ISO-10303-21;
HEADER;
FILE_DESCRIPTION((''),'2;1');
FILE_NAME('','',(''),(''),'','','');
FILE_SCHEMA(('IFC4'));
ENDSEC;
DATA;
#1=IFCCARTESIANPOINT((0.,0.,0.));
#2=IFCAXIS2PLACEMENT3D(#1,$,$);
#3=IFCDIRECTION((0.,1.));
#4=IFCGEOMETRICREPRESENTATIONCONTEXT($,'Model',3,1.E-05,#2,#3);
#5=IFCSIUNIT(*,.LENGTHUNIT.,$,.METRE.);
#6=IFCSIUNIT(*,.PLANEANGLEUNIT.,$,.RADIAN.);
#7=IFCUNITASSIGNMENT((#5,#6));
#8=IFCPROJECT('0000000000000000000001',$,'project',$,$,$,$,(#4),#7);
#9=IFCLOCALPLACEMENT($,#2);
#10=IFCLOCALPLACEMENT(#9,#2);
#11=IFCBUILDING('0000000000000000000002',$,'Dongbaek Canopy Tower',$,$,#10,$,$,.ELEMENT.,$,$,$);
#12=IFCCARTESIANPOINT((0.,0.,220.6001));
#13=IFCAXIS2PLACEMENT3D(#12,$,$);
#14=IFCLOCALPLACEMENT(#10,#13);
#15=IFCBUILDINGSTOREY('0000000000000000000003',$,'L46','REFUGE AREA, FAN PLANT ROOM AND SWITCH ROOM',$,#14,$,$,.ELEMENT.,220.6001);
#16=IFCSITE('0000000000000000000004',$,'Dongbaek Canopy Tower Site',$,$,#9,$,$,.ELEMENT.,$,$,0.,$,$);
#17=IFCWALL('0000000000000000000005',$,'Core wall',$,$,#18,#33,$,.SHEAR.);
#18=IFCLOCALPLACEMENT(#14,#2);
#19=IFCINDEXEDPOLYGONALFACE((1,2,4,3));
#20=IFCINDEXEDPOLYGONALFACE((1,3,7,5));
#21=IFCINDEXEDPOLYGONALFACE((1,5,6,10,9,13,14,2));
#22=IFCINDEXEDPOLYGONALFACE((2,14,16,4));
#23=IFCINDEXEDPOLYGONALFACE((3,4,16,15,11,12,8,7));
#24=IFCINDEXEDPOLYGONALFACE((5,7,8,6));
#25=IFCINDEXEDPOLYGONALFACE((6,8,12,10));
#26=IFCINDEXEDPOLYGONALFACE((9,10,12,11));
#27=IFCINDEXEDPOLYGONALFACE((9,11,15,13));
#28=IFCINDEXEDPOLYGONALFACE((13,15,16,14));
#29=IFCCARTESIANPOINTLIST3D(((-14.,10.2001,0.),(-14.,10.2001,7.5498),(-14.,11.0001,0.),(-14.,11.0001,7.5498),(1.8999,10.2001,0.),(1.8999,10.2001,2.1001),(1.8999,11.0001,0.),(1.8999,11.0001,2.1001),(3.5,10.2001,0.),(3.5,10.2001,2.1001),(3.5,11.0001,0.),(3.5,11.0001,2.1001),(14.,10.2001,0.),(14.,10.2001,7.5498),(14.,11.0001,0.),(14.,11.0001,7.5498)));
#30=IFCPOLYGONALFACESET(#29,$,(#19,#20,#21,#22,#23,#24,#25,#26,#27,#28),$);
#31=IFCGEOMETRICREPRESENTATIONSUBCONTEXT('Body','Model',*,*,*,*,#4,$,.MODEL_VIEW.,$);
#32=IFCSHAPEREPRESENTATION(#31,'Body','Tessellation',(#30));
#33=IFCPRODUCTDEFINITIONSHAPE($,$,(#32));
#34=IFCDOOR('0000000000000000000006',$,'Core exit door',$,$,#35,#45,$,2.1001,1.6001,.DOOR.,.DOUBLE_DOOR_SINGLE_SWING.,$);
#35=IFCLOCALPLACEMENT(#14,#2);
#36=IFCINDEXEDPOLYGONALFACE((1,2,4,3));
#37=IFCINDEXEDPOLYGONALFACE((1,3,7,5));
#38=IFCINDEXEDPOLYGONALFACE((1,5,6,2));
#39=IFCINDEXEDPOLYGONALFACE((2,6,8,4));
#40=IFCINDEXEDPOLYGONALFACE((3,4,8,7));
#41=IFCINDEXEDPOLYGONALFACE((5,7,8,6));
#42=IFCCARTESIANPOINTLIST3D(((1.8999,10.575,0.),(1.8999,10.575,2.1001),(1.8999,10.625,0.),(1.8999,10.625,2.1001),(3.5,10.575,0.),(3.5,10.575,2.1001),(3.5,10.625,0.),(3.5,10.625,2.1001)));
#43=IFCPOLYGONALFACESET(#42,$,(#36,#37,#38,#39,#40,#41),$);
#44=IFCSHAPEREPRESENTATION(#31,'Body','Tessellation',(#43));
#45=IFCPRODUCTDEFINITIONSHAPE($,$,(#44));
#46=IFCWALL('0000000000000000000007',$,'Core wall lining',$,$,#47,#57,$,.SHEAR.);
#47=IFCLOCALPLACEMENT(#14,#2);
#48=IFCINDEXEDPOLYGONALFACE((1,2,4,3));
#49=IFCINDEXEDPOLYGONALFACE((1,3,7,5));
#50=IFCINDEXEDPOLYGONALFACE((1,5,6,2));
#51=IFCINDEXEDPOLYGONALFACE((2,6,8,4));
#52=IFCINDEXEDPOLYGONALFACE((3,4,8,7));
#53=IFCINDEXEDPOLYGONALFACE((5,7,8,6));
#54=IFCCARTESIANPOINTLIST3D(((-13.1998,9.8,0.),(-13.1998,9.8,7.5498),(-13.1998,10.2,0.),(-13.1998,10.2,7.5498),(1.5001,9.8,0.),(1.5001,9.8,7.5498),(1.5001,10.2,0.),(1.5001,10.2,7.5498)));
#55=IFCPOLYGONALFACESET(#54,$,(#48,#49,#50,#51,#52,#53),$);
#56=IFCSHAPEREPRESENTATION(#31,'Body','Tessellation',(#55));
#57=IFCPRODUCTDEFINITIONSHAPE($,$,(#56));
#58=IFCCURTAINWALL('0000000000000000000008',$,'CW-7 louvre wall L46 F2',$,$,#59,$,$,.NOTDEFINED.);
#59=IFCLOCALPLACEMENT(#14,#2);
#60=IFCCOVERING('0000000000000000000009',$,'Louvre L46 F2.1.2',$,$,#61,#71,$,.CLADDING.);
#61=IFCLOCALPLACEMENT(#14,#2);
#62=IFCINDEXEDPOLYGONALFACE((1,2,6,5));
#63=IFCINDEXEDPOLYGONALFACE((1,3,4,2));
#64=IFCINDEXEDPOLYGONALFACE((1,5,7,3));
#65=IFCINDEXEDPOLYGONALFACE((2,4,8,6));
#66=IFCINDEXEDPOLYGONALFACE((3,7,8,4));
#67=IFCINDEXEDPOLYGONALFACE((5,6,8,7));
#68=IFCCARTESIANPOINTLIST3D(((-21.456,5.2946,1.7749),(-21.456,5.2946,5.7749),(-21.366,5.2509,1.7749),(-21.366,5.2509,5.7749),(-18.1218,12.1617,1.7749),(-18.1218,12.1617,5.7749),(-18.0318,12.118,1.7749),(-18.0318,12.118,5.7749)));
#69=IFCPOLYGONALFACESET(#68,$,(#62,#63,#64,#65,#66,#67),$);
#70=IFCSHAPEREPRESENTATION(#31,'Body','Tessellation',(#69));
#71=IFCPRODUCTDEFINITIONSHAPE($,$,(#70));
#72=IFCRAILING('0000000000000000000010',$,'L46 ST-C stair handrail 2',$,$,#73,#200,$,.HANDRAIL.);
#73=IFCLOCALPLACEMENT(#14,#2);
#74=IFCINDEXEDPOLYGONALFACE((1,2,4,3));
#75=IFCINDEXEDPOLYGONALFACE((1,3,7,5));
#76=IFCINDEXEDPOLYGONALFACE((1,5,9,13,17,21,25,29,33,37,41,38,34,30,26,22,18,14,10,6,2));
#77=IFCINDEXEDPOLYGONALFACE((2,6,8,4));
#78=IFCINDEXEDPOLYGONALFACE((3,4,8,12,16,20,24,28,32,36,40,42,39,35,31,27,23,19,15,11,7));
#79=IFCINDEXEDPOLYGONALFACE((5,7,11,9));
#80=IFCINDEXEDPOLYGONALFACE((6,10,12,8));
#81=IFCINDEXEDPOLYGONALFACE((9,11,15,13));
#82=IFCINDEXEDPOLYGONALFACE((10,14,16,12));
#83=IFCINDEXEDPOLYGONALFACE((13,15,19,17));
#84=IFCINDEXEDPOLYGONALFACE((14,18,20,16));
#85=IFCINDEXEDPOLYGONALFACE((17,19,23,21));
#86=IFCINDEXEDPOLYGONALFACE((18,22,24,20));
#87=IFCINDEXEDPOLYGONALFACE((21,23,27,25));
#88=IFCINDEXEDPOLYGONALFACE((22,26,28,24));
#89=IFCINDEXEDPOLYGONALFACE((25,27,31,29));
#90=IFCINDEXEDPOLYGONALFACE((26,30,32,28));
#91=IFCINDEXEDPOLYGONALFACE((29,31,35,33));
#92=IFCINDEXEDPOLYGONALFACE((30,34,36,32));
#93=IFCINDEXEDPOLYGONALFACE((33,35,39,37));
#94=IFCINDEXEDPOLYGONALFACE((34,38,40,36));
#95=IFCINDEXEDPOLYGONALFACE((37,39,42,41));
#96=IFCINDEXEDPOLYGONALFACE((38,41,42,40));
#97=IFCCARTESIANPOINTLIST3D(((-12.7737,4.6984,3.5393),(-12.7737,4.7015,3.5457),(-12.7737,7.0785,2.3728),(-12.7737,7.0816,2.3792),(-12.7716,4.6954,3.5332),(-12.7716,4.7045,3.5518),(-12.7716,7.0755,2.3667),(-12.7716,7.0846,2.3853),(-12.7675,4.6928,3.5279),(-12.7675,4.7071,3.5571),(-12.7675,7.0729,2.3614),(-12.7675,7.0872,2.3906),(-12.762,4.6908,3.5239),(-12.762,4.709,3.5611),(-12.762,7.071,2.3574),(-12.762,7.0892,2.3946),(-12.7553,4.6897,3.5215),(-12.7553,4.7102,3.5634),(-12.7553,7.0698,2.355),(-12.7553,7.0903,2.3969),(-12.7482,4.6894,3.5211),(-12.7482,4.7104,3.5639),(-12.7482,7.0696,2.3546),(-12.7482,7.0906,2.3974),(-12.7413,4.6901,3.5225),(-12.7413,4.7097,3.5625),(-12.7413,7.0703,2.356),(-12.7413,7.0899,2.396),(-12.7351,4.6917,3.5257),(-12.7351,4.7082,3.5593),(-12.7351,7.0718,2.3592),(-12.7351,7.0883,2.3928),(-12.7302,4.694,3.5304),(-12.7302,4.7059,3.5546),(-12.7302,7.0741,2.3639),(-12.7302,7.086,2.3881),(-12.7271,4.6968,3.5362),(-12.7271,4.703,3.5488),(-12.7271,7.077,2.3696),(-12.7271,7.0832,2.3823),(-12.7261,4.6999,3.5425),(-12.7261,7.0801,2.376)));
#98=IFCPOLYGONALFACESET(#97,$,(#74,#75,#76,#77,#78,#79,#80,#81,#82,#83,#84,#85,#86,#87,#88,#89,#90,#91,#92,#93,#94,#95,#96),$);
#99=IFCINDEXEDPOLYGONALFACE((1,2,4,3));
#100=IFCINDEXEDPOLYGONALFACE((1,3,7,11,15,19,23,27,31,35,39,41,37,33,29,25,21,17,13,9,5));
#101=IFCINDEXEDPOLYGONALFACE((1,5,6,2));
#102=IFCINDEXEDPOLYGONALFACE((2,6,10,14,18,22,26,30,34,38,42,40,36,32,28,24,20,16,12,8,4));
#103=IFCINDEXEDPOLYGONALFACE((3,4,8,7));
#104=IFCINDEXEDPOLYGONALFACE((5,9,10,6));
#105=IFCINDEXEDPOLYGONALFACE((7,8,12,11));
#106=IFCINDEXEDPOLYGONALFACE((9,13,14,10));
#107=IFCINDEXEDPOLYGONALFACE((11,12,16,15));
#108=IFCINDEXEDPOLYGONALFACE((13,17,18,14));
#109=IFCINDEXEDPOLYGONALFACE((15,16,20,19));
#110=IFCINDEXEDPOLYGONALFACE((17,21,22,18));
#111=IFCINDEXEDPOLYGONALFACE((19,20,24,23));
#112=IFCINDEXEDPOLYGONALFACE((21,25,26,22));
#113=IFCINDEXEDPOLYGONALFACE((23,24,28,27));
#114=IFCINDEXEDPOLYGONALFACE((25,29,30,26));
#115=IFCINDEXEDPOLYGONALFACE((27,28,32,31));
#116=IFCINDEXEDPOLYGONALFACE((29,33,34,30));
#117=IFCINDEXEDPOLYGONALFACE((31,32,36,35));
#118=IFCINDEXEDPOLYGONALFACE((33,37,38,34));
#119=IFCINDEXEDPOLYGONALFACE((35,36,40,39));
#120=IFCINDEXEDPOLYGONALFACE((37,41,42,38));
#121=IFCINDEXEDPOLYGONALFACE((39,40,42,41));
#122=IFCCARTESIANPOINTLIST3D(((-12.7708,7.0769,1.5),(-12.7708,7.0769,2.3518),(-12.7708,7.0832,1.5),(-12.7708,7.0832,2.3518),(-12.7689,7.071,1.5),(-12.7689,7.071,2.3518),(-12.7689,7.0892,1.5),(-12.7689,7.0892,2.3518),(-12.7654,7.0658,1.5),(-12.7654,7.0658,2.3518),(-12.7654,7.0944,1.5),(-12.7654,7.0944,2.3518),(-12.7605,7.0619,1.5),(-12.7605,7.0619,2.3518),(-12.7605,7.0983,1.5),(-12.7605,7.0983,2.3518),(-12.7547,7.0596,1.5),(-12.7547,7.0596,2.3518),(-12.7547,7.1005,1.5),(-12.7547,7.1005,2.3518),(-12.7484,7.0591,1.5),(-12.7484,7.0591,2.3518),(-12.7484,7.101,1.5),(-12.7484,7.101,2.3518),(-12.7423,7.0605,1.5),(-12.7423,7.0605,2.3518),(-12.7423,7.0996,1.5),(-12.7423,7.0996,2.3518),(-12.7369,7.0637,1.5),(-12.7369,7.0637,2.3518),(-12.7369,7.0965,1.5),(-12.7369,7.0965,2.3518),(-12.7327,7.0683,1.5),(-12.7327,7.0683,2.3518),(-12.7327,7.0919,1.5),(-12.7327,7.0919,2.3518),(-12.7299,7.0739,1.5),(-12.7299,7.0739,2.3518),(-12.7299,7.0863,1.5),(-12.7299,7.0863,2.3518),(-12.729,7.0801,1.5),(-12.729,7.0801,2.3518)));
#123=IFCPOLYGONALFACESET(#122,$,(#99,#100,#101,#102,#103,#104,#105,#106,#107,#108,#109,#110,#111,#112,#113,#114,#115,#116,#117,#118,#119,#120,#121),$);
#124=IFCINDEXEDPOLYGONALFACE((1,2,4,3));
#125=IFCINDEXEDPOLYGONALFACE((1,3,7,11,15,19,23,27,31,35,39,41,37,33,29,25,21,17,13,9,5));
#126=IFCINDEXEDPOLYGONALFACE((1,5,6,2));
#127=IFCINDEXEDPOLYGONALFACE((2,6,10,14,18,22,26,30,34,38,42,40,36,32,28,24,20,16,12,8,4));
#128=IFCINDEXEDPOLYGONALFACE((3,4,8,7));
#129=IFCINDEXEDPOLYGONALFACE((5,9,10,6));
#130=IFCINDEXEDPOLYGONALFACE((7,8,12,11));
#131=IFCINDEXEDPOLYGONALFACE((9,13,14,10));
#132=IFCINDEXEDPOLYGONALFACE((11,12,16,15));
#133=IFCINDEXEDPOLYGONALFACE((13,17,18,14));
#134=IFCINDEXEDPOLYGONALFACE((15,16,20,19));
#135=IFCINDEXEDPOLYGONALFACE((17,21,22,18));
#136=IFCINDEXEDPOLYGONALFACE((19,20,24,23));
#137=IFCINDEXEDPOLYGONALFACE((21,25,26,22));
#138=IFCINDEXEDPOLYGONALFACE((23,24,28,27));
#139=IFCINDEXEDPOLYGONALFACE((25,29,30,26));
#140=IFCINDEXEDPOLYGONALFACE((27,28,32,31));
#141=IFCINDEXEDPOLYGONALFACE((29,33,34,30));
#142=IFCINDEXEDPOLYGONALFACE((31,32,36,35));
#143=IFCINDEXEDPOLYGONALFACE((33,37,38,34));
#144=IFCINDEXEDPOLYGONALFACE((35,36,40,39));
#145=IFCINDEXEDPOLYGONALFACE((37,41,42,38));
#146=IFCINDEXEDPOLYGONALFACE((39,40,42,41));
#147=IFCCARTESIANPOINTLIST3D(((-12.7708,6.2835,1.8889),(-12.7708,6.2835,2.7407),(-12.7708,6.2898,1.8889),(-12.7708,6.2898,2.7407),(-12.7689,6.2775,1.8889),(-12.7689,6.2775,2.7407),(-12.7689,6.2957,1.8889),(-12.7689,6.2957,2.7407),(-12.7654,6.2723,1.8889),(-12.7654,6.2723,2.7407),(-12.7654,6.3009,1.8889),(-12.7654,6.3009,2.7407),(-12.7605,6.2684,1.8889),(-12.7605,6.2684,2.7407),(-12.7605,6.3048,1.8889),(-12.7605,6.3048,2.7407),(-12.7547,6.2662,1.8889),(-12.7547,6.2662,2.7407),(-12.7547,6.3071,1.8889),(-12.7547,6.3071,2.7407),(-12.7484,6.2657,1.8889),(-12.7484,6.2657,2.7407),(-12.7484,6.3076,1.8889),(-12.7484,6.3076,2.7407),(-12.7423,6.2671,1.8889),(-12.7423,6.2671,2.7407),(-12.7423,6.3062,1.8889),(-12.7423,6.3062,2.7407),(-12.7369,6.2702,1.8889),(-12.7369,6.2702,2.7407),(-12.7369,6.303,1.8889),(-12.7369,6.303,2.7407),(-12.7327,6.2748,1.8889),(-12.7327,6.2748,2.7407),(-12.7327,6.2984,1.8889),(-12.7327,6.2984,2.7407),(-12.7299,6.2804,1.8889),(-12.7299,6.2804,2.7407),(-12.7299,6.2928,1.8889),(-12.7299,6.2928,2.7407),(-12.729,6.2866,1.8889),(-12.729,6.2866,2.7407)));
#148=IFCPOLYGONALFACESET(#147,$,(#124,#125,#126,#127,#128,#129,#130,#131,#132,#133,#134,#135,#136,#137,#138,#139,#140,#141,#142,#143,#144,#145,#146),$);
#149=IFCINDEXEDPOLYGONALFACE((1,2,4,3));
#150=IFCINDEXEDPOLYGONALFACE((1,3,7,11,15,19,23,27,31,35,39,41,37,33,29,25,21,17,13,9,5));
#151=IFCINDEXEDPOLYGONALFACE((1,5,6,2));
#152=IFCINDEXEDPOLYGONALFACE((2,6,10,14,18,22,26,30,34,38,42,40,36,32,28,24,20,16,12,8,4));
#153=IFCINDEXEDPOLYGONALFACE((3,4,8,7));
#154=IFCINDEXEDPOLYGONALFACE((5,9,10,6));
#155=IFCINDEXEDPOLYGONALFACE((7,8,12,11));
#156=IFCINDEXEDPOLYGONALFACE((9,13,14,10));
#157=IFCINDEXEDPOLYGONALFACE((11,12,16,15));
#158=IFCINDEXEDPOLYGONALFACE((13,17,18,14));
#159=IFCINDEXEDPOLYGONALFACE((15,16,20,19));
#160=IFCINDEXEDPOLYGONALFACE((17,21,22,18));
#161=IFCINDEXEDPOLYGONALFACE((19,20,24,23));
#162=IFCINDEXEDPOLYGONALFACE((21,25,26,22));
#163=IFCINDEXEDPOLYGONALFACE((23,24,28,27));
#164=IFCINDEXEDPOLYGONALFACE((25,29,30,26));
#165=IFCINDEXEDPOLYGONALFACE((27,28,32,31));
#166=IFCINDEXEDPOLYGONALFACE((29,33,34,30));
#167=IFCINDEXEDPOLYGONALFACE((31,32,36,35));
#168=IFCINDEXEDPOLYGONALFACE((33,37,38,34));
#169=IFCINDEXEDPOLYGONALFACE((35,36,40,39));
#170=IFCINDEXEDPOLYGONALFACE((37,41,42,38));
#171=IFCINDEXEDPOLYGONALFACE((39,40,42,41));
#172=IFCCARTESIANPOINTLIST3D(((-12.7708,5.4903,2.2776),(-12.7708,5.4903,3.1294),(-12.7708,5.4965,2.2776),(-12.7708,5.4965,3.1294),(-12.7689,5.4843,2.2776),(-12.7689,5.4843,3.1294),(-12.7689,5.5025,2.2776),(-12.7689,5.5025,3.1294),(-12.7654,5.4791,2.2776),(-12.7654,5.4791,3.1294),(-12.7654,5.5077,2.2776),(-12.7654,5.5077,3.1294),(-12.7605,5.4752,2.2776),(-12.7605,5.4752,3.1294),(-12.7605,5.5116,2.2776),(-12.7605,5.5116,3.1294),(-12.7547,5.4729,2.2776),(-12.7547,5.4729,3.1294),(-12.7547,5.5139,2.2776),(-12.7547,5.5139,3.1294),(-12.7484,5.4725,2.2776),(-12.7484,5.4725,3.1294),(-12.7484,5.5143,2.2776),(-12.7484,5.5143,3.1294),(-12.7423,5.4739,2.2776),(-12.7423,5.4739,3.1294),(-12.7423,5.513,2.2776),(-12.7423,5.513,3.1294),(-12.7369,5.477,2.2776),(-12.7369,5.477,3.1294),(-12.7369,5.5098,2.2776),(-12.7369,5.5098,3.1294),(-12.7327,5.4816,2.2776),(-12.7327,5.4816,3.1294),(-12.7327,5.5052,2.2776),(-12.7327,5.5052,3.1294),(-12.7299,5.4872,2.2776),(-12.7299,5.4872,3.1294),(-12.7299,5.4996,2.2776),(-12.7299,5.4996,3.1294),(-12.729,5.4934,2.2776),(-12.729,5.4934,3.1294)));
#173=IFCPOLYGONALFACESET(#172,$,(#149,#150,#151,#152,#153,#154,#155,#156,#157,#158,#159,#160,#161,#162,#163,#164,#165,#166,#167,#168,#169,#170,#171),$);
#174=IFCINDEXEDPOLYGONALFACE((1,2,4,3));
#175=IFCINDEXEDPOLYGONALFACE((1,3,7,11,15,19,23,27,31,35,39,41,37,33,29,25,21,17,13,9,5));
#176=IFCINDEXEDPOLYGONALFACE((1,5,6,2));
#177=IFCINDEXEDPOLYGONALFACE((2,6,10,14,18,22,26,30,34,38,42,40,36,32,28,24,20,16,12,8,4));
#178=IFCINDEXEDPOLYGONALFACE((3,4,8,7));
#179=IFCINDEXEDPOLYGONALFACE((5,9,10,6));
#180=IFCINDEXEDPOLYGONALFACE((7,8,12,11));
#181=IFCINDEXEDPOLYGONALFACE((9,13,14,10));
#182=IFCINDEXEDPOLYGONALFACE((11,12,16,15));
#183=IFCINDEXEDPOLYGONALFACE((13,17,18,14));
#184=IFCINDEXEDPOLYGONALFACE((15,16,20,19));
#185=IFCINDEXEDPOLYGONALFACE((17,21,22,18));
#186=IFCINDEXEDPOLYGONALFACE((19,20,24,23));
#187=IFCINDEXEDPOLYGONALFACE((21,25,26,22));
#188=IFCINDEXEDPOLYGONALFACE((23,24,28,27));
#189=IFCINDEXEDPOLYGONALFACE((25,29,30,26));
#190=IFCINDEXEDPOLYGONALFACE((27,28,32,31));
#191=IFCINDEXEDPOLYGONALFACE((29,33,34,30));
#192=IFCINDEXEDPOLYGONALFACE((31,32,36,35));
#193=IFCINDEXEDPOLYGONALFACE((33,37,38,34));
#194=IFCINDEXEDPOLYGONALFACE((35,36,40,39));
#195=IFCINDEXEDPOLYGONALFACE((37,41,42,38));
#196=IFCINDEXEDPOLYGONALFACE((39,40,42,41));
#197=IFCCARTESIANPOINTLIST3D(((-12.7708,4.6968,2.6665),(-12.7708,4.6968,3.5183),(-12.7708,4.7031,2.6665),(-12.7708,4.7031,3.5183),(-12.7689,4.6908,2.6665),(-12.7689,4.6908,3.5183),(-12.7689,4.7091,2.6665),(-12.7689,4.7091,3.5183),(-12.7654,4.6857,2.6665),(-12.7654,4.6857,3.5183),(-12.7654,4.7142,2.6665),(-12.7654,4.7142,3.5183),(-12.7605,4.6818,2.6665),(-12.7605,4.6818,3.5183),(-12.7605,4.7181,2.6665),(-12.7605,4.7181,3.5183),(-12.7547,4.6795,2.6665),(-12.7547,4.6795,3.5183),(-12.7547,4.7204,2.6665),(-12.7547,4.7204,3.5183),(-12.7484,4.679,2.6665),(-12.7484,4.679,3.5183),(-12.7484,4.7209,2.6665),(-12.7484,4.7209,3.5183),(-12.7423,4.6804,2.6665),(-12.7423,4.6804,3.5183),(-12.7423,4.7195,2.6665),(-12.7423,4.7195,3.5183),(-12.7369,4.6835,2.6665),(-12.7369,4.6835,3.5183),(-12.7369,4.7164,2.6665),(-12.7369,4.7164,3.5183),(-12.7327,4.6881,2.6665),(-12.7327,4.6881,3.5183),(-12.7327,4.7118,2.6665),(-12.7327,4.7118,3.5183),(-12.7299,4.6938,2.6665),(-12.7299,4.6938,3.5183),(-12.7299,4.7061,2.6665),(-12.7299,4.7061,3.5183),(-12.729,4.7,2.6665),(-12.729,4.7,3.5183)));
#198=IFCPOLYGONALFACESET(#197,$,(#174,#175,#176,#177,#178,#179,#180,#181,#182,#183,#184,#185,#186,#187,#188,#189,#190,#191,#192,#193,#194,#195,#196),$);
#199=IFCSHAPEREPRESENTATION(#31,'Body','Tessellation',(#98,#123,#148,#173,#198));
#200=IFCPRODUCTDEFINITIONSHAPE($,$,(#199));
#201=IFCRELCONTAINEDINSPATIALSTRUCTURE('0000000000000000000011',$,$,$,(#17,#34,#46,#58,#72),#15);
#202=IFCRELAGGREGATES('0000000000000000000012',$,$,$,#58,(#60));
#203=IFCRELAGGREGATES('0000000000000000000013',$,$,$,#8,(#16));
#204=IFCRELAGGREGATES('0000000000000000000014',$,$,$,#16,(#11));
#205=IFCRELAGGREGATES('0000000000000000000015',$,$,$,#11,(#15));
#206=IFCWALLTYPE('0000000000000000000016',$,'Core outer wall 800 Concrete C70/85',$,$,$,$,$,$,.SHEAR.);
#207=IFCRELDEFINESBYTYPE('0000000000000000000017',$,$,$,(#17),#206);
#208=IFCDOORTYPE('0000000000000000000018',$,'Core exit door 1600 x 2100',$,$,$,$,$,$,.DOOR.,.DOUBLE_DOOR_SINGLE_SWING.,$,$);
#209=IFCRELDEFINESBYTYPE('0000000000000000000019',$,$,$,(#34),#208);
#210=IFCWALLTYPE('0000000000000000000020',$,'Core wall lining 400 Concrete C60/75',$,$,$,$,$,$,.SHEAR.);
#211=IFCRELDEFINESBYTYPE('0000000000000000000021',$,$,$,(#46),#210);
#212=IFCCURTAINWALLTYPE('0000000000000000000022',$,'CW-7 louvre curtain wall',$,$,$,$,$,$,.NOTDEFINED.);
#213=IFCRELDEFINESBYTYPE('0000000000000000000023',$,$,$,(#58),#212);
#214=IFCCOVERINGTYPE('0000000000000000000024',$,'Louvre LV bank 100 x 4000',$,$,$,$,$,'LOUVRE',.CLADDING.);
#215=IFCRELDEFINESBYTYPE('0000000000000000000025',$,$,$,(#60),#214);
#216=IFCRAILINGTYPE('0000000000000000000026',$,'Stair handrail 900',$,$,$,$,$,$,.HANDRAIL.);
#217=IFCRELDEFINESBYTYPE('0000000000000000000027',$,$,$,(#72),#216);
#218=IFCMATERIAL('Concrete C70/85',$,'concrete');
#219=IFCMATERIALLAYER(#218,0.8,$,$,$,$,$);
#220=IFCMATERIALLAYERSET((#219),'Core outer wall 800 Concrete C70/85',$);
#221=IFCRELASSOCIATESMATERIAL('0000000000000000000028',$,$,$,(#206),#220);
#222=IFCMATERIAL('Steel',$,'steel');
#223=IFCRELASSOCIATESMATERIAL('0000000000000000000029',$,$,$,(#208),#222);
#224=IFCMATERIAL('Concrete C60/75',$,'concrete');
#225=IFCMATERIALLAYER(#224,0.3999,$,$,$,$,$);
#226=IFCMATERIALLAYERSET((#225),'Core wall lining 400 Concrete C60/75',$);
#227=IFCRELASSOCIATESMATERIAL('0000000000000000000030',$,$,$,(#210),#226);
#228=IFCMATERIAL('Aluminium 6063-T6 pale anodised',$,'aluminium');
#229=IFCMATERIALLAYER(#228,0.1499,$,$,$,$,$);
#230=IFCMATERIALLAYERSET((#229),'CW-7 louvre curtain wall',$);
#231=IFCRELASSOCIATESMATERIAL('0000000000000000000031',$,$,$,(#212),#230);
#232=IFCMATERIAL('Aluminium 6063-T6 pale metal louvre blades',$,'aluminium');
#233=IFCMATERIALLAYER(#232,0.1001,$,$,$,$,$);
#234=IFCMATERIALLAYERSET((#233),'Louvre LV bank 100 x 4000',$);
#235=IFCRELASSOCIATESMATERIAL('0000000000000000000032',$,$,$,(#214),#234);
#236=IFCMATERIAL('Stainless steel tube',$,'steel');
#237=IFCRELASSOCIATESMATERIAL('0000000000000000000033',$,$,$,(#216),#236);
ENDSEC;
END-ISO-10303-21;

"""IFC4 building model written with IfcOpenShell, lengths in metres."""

from ifc_helpers import new_model, si_unit, direction, frame, frame_2d, origin, origin_2d, place, context, subcontext, project, spatial, rectangle, circle, extrude, material, layer, layer_set, type_object, element, fill, aggregate, save


model = new_model("IFC4")

# Units and contexts
model_context = context("Model", 3, precision=1e-05, world=origin(), true_north=direction((0.0, 1.0)))
body_context = subcontext(model_context, "Body", "Model", "MODEL_VIEW")
ifc_project = project(units=[si_unit("LENGTHUNIT", "METRE"), si_unit("PLANEANGLEUNIT", "RADIAN")], contexts=[model_context])

# Site, building, storey
site_placement = place(None, origin())
site = spatial("IfcSite", under=ifc_project, at=site_placement, Name="Dongbaek Canopy Tower Site", CompositionType="ELEMENT", RefElevation=0.0)
building_placement = place(site_placement, origin())
building = spatial("IfcBuilding", under=site, at=building_placement, Name="Dongbaek Canopy Tower", CompositionType="ELEMENT")
storey_placement = place(building_placement, frame((0.0, 0.0, 220.6001)))
storey = spatial("IfcBuildingStorey", under=building, at=storey_placement, Name="L46", Description="REFUGE AREA, FAN PLANT ROOM AND SWITCH ROOM", CompositionType="ELEMENT", Elevation=220.6001)

# Wall, opening, door
ifc_material_1 = material(Name="Concrete C70/85", Category="concrete")
ifc_layer_1 = layer(ifc_material_1, 0.8)
ifc_layer_set_1 = layer_set([ifc_layer_1], Name="Core outer wall 800 Concrete C70/85")
wall_type_1 = type_object("IfcWallType", Name="Core outer wall 800 Concrete C70/85", PredefinedType="SHEAR", material=ifc_layer_set_1)
wall_1_placement = place(storey_placement, frame((-14.0, 10.6001, 0.0), z_axis=(0.0, 0.0, 1.0), x_axis=(1.0, 0.0, 0.0)))
wall_1 = element("IfcWall", 1, at=wall_1_placement, inside=storey, type_object=wall_type_1, Name="Core wall", PredefinedType="SHEAR", context=body_context, shape_type="SweptSolid", body=[
    extrude(rectangle(XDim=28.0, YDim=0.8, at=frame_2d((14.0, 0.0))), origin(), (0.0, 0.0, 1.0), 7.5498),
])
opening_placement = place(wall_1_placement, frame((15.8999, 0.0, 0.0)))
opening = element("IfcOpeningElement", 2, at=opening_placement, cuts=wall_1, PredefinedType="OPENING", context=body_context, shape_type="SweptSolid", body=[
    extrude(rectangle(XDim=1.6001, YDim=2.1001, at=frame_2d((0.8, 1.05))), frame((0.0, 0.4099, 0.0), z_axis=(0.0, -1.0, 0.0), x_axis=(1.0, 0.0, 0.0)), (0.0, 0.0, 1.0), 0.8201),
])
ifc_material_2 = material(Name="Steel", Category="steel")
door_type = type_object("IfcDoorType", Name="Core exit door 1600 x 2100", OperationType="DOUBLE_DOOR_SINGLE_SWING", PredefinedType="DOOR", material=ifc_material_2)
door_placement = place(opening_placement, origin())
door = element("IfcDoor", 3, at=door_placement, inside=storey, type_object=door_type, Name="Core exit door", OperationType="DOUBLE_DOOR_SINGLE_SWING", OverallHeight=2.1001, OverallWidth=1.6001, PredefinedType="DOOR", context=body_context, shape_type="SweptSolid", body=[
    extrude(rectangle(XDim=1.6001, YDim=2.1001, at=frame_2d((0.8, 1.05))), frame((0.0, 0.0249, 0.0), z_axis=(0.0, -1.0, 0.0), x_axis=(1.0, 0.0, 0.0)), (0.0, 0.0, 1.0), 0.05),
])
fill(opening, door)

# Wall
ifc_material_3 = material(Name="Concrete C60/75", Category="concrete")
ifc_layer_2 = layer(ifc_material_3, 0.3999)
ifc_layer_set_2 = layer_set([ifc_layer_2], Name="Core wall lining 400 Concrete C60/75")
wall_type_2 = type_object("IfcWallType", Name="Core wall lining 400 Concrete C60/75", PredefinedType="SHEAR", material=ifc_layer_set_2)
wall_2_placement = place(storey_placement, frame((-13.2, 10.0, 0.0), z_axis=(0.0, 0.0, 1.0), x_axis=(1.0, 0.0, 0.0)))
element("IfcWall", 4, at=wall_2_placement, inside=storey, type_object=wall_type_2, Name="Core wall lining", PredefinedType="SHEAR", context=body_context, shape_type="SweptSolid", body=[
    extrude(rectangle(XDim=14.7, YDim=0.3999, at=frame_2d((7.3501, 0.0))), origin(), (0.0, 0.0, 1.0), 7.5498),
])

# Curtain wall, covering
ifc_material_4 = material(Name="Aluminium 6063-T6 pale anodised", Category="aluminium")
ifc_layer_3 = layer(ifc_material_4, 0.1499)
ifc_layer_set_3 = layer_set([ifc_layer_3], Name="CW-7 louvre curtain wall")
curtain_wall_type = type_object("IfcCurtainWallType", Name="CW-7 louvre curtain wall", PredefinedType="NOTDEFINED", material=ifc_layer_set_3)
curtain_wall_placement = place(storey_placement, origin())
curtain_wall = element("IfcCurtainWall", 5, at=curtain_wall_placement, inside=storey, type_object=curtain_wall_type, Name="CW-7 louvre wall L46 F2", PredefinedType="NOTDEFINED")
ifc_material_5 = material(Name="Aluminium 6063-T6 pale metal louvre blades", Category="aluminium")
ifc_layer_4 = layer(ifc_material_5, 0.1001)
ifc_layer_set_4 = layer_set([ifc_layer_4], Name="Louvre LV bank 100 x 4000")
covering_type = type_object("IfcCoveringType", Name="Louvre LV bank 100 x 4000", ElementType="LOUVRE", PredefinedType="CLADDING", material=ifc_layer_set_4)
covering_placement = place(storey_placement, frame((-19.7439, 8.7063, 1.7749), z_axis=(0.0, 0.0, 1.0), x_axis=(-0.436767, -0.899575, 0.0)))
covering = element("IfcCovering", 6, at=covering_placement, type_object=covering_type, Name="Louvre L46 F2.1.2", PredefinedType="CLADDING", context=body_context, shape_type="SweptSolid", body=[
    extrude(rectangle(XDim=7.6338, YDim=0.1001, at=origin_2d()), origin(), (0.0, 0.0, 1.0), 4.0),
])

# Railing
ifc_material_6 = material(Name="Stainless steel tube", Category="steel")
railing_type = type_object("IfcRailingType", Name="Stair handrail 900", PredefinedType="HANDRAIL", material=ifc_material_6)
railing_placement = place(storey_placement, frame((-12.75, 7.0801, 1.5)))
element("IfcRailing", 7, at=railing_placement, inside=storey, type_object=railing_type, Name="L46 ST-C stair handrail 2", PredefinedType="HANDRAIL", context=body_context, shape_type="SweptSolid", body=[
    extrude(circle(Radius=0.0239, at=origin_2d()), frame((0.0, 0.0, 0.876), z_axis=(0.0, -0.897954, 0.440089), x_axis=(1.0, 0.0, 0.0)), (0.0, 0.0, 1.0), 2.6506),
    extrude(circle(Radius=0.021, at=origin_2d()), origin(), (0.0, 0.0, 1.0), 0.8518),
    extrude(circle(Radius=0.021, at=origin_2d()), frame((0.0, -0.7935, 0.3889)), (0.0, 0.0, 1.0), 0.8518),
    extrude(circle(Radius=0.021, at=origin_2d()), frame((0.0, -1.5867, 0.7776)), (0.0, 0.0, 1.0), 0.8518),
    extrude(circle(Radius=0.021, at=origin_2d()), frame((0.0, -2.3801, 1.1665)), (0.0, 0.0, 1.0), 0.8518),
])

aggregate(curtain_wall, [covering])

save(model, "model.ifc")
